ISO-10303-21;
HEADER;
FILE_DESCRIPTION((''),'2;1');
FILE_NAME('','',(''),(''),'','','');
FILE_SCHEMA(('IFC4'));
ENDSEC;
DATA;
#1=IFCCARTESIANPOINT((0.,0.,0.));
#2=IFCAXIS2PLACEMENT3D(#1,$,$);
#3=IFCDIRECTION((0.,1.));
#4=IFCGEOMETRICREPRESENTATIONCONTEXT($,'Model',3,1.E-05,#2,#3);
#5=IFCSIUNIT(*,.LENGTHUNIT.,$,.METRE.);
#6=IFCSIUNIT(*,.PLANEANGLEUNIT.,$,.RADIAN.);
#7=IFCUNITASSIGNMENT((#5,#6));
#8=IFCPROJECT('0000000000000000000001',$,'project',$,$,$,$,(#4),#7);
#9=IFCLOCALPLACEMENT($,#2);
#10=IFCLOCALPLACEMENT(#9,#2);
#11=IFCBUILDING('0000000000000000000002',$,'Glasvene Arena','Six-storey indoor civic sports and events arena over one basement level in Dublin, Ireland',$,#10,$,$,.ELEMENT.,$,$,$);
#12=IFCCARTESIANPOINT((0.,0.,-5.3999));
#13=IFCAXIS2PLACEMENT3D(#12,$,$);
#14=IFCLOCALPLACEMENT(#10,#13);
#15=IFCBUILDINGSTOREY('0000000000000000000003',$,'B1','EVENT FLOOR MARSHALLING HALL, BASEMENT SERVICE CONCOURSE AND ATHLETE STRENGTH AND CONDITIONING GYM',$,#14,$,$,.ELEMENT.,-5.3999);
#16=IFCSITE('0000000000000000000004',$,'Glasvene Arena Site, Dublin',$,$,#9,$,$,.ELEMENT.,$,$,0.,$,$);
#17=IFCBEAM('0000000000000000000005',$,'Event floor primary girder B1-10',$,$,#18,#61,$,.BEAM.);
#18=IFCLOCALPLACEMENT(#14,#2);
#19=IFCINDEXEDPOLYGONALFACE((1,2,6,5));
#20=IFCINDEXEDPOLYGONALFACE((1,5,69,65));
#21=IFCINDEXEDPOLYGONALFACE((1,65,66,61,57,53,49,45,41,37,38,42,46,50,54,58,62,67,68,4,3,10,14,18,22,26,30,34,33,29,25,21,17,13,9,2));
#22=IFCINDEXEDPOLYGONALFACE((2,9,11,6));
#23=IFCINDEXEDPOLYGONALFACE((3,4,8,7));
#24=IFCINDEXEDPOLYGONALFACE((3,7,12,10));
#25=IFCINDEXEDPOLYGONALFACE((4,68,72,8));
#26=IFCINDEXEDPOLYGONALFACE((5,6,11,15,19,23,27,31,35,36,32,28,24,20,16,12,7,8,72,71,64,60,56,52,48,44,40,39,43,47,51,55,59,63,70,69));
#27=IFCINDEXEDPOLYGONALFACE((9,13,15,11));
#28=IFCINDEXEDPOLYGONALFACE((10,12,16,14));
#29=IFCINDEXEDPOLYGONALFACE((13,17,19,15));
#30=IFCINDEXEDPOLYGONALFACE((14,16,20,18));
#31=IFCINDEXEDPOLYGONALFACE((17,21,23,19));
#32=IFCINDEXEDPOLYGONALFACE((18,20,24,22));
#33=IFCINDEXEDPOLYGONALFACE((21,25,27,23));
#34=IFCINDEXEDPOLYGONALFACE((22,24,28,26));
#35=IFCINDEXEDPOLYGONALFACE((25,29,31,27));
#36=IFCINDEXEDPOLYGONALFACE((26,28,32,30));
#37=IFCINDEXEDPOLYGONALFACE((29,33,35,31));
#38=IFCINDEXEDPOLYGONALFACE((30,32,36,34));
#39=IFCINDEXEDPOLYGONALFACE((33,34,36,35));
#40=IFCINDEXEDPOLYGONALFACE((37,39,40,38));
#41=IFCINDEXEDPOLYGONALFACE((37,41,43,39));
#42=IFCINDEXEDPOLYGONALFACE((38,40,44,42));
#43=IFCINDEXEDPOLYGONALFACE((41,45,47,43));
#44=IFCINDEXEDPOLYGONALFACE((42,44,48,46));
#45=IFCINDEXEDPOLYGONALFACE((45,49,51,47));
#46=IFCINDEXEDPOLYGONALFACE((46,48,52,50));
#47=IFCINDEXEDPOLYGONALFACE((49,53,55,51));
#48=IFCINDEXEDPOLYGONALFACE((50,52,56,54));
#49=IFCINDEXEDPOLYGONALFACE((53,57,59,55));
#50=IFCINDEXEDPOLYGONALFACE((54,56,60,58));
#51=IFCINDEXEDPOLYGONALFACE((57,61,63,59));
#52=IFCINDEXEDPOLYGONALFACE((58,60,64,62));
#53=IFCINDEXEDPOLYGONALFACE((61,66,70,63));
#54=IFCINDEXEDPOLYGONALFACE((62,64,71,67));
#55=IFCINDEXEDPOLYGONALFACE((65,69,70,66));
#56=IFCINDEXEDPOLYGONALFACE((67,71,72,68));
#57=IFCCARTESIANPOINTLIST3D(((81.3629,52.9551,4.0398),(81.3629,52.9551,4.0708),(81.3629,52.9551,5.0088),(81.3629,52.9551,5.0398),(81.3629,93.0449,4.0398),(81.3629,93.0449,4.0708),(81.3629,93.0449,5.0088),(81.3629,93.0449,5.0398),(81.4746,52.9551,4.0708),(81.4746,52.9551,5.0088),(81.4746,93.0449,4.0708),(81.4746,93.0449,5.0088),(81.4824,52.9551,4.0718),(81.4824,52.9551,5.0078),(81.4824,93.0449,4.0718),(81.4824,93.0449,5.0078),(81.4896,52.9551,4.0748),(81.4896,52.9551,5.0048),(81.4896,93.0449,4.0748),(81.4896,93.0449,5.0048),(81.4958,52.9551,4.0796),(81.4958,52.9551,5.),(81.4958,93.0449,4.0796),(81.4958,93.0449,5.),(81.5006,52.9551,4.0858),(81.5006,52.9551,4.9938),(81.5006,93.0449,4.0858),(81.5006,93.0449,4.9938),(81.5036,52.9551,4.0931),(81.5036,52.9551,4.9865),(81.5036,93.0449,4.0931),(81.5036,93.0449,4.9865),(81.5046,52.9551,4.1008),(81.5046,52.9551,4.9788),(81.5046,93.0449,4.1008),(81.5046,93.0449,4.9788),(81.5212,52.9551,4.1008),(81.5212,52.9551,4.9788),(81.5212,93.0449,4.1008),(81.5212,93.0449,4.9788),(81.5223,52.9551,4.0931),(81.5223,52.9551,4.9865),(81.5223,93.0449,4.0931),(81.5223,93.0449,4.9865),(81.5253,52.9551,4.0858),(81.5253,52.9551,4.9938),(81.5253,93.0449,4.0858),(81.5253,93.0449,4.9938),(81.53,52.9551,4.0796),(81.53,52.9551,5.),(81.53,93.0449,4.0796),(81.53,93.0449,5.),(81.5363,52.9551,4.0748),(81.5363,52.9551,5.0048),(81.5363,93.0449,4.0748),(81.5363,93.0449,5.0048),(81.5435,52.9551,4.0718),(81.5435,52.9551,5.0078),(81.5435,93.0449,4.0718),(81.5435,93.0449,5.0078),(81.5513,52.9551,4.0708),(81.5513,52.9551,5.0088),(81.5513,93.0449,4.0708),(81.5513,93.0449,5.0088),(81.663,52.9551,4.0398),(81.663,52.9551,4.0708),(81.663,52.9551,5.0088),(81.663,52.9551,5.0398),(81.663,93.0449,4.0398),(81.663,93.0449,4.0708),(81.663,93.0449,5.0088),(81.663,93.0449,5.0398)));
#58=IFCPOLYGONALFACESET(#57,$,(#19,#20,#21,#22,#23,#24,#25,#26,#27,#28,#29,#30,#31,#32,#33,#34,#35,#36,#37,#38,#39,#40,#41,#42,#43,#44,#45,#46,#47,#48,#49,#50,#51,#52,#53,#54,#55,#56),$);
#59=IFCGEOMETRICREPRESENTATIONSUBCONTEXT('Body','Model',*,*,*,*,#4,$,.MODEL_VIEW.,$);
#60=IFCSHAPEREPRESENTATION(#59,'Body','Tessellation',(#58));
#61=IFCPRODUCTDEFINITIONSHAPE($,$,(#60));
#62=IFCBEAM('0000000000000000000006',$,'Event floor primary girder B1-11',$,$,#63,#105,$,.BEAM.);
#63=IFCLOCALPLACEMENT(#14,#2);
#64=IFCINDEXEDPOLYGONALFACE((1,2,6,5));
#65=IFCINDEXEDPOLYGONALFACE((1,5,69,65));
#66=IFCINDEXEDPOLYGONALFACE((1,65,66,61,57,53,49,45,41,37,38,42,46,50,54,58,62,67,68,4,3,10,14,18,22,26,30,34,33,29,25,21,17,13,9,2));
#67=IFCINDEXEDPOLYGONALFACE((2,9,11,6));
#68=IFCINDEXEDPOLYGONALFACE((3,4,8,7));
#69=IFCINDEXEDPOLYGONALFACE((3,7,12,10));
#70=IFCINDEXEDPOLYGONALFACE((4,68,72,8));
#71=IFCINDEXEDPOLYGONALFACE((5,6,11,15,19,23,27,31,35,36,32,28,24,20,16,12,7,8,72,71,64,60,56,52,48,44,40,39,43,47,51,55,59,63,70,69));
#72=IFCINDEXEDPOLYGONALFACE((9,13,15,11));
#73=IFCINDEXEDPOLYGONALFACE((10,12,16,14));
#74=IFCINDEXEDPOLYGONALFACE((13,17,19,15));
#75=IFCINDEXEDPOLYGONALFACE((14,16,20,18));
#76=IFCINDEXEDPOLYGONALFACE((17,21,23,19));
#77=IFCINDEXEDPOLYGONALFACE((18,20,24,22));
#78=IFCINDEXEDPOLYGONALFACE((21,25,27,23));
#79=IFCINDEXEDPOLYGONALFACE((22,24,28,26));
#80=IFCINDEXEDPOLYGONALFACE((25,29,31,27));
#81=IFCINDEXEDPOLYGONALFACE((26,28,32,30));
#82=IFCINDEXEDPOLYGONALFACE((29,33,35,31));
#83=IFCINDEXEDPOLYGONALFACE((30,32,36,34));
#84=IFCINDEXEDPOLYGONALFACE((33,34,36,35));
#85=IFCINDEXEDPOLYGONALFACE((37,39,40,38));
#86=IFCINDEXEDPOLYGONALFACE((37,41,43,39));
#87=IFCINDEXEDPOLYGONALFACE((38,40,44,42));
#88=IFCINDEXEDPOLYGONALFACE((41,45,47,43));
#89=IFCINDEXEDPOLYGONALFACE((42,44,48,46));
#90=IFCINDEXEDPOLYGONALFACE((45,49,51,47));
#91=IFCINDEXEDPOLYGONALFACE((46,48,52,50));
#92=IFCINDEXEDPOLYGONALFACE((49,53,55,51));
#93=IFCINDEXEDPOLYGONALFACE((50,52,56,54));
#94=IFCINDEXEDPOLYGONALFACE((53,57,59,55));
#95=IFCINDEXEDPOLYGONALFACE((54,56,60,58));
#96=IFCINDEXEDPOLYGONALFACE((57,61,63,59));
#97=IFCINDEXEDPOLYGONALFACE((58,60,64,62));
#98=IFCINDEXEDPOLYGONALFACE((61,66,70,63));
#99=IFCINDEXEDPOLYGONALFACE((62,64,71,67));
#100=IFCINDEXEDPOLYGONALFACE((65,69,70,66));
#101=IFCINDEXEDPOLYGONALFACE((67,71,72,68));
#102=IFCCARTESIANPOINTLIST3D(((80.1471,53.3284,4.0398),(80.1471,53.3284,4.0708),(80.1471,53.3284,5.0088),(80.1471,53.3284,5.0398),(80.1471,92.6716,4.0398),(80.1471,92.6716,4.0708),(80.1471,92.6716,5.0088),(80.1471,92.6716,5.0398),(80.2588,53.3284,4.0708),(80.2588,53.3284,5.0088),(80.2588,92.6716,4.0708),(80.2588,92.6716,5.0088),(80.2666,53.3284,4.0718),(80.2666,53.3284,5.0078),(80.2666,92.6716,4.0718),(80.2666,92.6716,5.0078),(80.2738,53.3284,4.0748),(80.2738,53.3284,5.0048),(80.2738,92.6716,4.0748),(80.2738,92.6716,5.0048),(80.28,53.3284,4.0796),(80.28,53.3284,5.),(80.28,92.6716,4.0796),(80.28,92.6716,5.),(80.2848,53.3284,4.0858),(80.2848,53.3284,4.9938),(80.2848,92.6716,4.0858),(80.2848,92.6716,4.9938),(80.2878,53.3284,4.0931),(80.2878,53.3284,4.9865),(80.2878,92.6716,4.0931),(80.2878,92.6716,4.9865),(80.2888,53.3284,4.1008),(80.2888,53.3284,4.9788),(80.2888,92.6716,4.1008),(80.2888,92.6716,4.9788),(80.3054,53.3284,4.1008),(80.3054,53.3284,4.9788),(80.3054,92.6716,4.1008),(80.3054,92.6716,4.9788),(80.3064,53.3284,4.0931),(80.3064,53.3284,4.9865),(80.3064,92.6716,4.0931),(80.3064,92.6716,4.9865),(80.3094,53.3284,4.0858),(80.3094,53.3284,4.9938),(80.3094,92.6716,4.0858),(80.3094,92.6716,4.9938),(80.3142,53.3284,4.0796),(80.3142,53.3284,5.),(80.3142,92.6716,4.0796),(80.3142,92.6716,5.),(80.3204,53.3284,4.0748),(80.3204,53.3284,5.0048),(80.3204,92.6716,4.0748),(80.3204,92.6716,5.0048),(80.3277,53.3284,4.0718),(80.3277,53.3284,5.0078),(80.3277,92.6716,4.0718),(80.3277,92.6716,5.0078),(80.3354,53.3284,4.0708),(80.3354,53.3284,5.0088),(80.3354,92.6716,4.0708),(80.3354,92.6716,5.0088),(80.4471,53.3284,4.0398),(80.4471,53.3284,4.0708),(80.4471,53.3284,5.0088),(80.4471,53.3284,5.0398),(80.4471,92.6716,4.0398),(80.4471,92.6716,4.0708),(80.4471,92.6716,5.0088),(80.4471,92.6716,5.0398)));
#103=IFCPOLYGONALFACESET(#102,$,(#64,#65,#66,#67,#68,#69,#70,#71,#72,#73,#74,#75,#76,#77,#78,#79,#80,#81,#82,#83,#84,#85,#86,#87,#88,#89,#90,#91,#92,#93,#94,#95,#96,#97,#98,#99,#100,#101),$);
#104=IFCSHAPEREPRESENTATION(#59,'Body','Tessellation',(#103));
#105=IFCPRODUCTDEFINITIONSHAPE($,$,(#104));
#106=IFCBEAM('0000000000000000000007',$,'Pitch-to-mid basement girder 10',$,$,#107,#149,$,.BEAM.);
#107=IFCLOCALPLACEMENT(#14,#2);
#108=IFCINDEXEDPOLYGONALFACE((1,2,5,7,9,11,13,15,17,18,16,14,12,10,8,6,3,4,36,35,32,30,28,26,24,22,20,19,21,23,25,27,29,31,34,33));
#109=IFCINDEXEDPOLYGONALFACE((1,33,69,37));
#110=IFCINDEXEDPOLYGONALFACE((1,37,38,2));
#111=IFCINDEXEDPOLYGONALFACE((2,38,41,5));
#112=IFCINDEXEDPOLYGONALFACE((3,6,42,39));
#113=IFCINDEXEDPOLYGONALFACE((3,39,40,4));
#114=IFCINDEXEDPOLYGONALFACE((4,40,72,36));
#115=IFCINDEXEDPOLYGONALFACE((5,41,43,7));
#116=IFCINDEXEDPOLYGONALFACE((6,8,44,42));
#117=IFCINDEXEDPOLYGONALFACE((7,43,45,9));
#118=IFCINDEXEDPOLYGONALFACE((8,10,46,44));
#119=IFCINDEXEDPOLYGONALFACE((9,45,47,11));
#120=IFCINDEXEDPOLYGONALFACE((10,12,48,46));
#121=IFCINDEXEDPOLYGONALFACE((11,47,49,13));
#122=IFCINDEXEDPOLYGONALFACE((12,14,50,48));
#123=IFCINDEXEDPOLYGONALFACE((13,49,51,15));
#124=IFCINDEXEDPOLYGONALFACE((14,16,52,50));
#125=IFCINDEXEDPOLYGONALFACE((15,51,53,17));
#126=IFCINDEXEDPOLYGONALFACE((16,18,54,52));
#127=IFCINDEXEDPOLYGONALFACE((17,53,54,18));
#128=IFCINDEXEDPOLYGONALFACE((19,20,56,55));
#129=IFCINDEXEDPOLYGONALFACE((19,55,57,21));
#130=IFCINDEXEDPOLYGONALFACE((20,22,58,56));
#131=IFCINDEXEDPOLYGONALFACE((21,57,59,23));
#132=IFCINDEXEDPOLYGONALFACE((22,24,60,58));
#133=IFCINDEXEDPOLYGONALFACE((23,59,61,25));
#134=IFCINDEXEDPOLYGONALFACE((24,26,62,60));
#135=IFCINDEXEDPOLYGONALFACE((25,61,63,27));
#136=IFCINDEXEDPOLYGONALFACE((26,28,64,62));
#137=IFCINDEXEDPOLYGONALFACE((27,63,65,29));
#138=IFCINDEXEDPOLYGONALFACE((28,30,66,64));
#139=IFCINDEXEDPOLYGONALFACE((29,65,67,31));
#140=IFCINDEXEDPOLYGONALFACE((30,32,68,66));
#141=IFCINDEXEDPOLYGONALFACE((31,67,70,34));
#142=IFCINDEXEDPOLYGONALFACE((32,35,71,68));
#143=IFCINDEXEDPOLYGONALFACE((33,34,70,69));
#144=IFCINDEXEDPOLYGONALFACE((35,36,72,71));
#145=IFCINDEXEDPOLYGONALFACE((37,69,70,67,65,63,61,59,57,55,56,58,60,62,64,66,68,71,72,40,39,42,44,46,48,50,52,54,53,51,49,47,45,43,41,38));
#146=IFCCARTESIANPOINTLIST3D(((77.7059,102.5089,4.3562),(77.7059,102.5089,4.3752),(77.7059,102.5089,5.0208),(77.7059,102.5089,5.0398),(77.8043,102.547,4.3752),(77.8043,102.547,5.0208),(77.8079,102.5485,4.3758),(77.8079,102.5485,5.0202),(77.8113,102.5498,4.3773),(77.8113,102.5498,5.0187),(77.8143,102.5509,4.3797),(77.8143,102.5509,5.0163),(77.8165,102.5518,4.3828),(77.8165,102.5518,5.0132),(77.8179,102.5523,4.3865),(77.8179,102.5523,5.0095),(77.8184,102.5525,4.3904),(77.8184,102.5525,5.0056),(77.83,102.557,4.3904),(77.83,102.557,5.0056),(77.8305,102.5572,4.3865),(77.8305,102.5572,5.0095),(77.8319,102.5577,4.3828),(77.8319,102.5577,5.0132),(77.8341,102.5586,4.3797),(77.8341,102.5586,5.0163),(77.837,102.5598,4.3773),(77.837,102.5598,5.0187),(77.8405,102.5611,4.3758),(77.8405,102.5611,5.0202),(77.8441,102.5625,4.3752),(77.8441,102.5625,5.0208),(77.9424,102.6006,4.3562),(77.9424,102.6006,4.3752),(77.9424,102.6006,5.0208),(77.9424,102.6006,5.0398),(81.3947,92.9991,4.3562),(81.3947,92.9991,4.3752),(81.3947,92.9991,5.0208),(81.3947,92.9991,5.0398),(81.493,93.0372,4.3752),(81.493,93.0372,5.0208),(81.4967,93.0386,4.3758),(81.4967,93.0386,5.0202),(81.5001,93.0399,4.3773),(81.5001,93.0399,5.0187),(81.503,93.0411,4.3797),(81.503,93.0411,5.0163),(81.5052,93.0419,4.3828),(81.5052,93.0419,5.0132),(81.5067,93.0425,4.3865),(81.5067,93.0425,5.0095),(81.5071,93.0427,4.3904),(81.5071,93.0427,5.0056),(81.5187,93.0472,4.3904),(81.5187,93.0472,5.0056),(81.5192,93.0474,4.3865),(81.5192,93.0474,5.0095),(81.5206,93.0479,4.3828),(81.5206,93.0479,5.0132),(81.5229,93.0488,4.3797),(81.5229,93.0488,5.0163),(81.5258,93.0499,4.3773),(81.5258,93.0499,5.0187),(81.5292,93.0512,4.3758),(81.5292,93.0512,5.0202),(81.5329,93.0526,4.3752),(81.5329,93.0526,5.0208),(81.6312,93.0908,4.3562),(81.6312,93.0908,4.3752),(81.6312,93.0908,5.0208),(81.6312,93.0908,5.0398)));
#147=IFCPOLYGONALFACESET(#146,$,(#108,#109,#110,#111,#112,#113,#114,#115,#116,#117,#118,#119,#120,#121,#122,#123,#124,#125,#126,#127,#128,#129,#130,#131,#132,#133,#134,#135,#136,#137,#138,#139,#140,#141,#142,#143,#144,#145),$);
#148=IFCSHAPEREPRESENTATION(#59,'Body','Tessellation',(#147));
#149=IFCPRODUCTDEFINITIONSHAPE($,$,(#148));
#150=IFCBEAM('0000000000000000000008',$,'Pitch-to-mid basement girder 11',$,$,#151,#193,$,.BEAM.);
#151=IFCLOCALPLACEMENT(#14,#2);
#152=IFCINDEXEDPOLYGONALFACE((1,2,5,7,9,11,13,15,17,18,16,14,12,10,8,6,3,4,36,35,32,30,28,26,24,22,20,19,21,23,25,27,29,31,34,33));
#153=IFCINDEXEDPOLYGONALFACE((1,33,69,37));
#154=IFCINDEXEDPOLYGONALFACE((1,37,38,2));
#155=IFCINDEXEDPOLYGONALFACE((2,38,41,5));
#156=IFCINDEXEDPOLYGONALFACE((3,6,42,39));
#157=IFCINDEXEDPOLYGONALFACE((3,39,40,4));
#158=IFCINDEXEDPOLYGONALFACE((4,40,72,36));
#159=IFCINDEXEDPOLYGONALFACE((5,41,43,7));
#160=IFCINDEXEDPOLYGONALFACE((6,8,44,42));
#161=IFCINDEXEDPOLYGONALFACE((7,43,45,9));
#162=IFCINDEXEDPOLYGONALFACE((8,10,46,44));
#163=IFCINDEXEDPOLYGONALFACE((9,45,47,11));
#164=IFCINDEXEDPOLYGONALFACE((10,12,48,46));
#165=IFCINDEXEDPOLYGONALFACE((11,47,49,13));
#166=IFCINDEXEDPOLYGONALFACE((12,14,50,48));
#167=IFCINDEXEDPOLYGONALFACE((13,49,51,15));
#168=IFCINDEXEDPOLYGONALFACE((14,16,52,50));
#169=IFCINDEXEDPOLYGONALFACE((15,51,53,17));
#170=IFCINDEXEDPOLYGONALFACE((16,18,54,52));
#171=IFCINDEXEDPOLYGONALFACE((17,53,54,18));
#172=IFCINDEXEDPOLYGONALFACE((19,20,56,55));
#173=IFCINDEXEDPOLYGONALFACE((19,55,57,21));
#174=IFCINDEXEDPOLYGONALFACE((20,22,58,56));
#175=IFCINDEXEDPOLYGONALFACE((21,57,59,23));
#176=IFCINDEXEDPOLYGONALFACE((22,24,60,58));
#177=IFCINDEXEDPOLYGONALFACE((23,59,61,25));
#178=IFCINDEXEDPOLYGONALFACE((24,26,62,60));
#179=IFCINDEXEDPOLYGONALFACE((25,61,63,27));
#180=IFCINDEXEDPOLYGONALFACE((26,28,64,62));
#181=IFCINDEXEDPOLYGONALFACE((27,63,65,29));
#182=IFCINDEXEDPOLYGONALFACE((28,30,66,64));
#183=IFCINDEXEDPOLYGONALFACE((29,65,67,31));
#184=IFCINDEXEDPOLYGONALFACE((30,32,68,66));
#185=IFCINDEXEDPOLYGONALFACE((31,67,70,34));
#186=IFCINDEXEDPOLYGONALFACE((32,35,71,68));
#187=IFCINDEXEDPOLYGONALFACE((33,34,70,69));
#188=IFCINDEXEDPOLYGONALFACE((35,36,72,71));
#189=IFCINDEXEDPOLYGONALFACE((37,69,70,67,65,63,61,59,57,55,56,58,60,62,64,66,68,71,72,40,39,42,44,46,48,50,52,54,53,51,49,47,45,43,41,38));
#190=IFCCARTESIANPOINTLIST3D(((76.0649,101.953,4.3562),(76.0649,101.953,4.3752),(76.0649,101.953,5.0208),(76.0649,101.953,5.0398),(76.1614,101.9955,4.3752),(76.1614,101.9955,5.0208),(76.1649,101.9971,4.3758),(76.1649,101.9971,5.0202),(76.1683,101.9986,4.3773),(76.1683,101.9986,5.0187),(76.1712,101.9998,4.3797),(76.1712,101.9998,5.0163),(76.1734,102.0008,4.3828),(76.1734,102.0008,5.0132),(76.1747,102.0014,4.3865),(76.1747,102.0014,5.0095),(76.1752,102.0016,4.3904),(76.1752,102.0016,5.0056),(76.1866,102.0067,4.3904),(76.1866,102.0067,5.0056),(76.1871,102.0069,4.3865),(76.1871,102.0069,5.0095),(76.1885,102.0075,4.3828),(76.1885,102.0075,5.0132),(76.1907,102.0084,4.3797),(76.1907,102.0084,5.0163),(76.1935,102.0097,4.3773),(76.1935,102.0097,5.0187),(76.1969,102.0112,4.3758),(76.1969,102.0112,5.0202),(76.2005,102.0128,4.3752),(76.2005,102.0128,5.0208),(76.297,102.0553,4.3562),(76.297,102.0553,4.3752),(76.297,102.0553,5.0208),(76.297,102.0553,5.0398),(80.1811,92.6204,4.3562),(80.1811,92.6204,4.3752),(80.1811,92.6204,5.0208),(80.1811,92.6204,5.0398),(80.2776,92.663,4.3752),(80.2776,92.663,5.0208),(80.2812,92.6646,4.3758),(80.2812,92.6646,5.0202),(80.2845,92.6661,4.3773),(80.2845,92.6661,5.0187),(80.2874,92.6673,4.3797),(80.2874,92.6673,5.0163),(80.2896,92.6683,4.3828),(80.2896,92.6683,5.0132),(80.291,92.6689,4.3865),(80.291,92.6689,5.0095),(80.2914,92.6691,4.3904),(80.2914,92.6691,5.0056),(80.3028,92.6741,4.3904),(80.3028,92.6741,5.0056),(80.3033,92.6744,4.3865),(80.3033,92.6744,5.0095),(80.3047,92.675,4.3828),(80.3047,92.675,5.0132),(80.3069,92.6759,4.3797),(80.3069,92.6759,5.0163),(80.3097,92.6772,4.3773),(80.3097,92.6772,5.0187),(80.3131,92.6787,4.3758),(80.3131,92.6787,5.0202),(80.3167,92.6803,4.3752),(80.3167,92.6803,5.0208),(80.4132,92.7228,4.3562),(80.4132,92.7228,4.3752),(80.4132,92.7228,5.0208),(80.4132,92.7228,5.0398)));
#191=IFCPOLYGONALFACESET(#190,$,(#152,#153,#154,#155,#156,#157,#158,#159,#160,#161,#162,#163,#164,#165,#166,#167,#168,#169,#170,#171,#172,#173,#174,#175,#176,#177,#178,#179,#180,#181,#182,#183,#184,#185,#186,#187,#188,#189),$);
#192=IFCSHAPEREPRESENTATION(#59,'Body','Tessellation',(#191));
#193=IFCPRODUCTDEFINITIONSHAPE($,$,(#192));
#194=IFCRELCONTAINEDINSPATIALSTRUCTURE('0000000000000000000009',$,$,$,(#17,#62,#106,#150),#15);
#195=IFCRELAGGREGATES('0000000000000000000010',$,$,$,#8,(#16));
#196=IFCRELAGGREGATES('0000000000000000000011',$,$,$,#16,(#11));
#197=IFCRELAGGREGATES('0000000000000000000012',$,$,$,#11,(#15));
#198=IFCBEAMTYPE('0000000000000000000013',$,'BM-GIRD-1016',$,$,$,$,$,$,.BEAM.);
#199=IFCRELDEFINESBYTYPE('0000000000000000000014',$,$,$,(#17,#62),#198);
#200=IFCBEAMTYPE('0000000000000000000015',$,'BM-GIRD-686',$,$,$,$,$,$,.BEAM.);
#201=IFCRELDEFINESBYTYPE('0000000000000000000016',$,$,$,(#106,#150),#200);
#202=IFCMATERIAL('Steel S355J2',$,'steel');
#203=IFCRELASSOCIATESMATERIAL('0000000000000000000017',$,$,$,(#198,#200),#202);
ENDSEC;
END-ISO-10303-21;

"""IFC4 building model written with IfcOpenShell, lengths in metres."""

from ifc_helpers import new_model, si_unit, direction, frame, origin, origin_2d, place, context, subcontext, project, spatial, i_section, extrude, material, material_profile, profile_set, type_object, element, save


model = new_model("IFC4")

# Units and contexts
model_context = context("Model", 3, precision=1e-05, world=origin(), true_north=direction((0.0, 1.0)))
body_context = subcontext(model_context, "Body", "Model", "MODEL_VIEW")
ifc_project = project(units=[si_unit("LENGTHUNIT", "METRE"), si_unit("PLANEANGLEUNIT", "RADIAN")], contexts=[model_context])

# Site, building, storey
site_placement = place(None, origin())
site = spatial("IfcSite", under=ifc_project, at=site_placement, Name="Glasvene Arena Site, Dublin", CompositionType="ELEMENT", RefElevation=0.0)
building_placement = place(site_placement, origin())
building = spatial("IfcBuilding", under=site, at=building_placement, Name="Glasvene Arena", Description="Six-storey indoor civic sports and events arena over one basement level in Dublin, Ireland", CompositionType="ELEMENT")
storey_placement = place(building_placement, frame((0.0, 0.0, -5.3999)))
storey = spatial("IfcBuildingStorey", under=building, at=storey_placement, Name="B1", Description="EVENT FLOOR MARSHALLING HALL, BASEMENT SERVICE CONCOURSE AND ATHLETE STRENGTH AND CONDITIONING GYM", CompositionType="ELEMENT", Elevation=-5.3999)

# Beams
ifc_material_1 = material(Name="Steel S355J2", Category="steel")
ifc_material_profile_1 = material_profile(ifc_material_1, i_section(OverallWidth=0.3, OverallDepth=1.0, WebThickness=0.0166, FlangeThickness=0.031, FilletRadius=0.03, at=origin_2d()), Name="UKB 1016x305x272")
ifc_profile_set_1 = profile_set([ifc_material_profile_1], Name="Steel S355J2")
beam_type_1 = type_object("IfcBeamType", Name="BM-GIRD-1016", PredefinedType="BEAM", material=ifc_profile_set_1)
beam_1_placement = place(storey_placement, frame((81.5129, 93.0449, 4.5398), z_axis=(0.0, -1.0, 0.0), x_axis=(1.0, 0.0, 0.0)))
element("IfcBeam", 1, at=beam_1_placement, inside=storey, type_object=beam_type_1, Name="Event floor primary girder B1-10", PredefinedType="BEAM", context=body_context, shape_type="SweptSolid", body=[
    extrude(i_section(OverallWidth=0.3, OverallDepth=1.0, WebThickness=0.0166, FlangeThickness=0.031, FilletRadius=0.03, at=origin_2d()), origin(), (0.0, 0.0, 1.0), 40.0898),
])
beam_2_placement = place(storey_placement, frame((80.2971, 92.6716, 4.5398), z_axis=(0.0, -1.0, 0.0), x_axis=(1.0, 0.0, 0.0)))
element("IfcBeam", 2, at=beam_2_placement, inside=storey, type_object=beam_type_1, Name="Event floor primary girder B1-11", PredefinedType="BEAM", context=body_context, shape_type="SweptSolid", body=[
    extrude(i_section(OverallWidth=0.3, OverallDepth=1.0, WebThickness=0.0166, FlangeThickness=0.031, FilletRadius=0.03, at=origin_2d()), origin(), (0.0, 0.0, 1.0), 39.3433),
])
ifc_material_profile_2 = material_profile(ifc_material_1, i_section(OverallWidth=0.2537, OverallDepth=0.6836, WebThickness=0.0125, FlangeThickness=0.019, FilletRadius=0.0151, at=origin_2d()), Name="UKB 686x254x140")
ifc_profile_set_2 = profile_set([ifc_material_profile_2], Name="Steel S355J2")
beam_type_2 = type_object("IfcBeamType", Name="BM-GIRD-686", PredefinedType="BEAM", material=ifc_profile_set_2)
beam_3_placement = place(storey_placement, frame((81.5129, 93.0449, 4.698), z_axis=(-0.361635, 0.93232, 0.0), x_axis=(-0.93232, -0.361635, 0.0)))
element("IfcBeam", 3, at=beam_3_placement, inside=storey, type_object=beam_type_2, Name="Pitch-to-mid basement girder 10", PredefinedType="BEAM", context=body_context, shape_type="SweptSolid", body=[
    extrude(i_section(OverallWidth=0.2537, OverallDepth=0.6836, WebThickness=0.0125, FlangeThickness=0.019, FilletRadius=0.0151, at=origin_2d()), origin(), (0.0, 0.0, 1.0), 10.2002),
])
beam_4_placement = place(storey_placement, frame((80.2971, 92.6716, 4.698), z_axis=(-0.403552, 0.914957, 0.0), x_axis=(-0.914957, -0.403552, 0.0)))
element("IfcBeam", 4, at=beam_4_placement, inside=storey, type_object=beam_type_2, Name="Pitch-to-mid basement girder 11", PredefinedType="BEAM", context=body_context, shape_type="SweptSolid", body=[
    extrude(i_section(OverallWidth=0.2537, OverallDepth=0.6836, WebThickness=0.0125, FlangeThickness=0.019, FilletRadius=0.0151, at=origin_2d()), origin(), (0.0, 0.0, 1.0), 10.2),
])

save(model, "model.ifc")
